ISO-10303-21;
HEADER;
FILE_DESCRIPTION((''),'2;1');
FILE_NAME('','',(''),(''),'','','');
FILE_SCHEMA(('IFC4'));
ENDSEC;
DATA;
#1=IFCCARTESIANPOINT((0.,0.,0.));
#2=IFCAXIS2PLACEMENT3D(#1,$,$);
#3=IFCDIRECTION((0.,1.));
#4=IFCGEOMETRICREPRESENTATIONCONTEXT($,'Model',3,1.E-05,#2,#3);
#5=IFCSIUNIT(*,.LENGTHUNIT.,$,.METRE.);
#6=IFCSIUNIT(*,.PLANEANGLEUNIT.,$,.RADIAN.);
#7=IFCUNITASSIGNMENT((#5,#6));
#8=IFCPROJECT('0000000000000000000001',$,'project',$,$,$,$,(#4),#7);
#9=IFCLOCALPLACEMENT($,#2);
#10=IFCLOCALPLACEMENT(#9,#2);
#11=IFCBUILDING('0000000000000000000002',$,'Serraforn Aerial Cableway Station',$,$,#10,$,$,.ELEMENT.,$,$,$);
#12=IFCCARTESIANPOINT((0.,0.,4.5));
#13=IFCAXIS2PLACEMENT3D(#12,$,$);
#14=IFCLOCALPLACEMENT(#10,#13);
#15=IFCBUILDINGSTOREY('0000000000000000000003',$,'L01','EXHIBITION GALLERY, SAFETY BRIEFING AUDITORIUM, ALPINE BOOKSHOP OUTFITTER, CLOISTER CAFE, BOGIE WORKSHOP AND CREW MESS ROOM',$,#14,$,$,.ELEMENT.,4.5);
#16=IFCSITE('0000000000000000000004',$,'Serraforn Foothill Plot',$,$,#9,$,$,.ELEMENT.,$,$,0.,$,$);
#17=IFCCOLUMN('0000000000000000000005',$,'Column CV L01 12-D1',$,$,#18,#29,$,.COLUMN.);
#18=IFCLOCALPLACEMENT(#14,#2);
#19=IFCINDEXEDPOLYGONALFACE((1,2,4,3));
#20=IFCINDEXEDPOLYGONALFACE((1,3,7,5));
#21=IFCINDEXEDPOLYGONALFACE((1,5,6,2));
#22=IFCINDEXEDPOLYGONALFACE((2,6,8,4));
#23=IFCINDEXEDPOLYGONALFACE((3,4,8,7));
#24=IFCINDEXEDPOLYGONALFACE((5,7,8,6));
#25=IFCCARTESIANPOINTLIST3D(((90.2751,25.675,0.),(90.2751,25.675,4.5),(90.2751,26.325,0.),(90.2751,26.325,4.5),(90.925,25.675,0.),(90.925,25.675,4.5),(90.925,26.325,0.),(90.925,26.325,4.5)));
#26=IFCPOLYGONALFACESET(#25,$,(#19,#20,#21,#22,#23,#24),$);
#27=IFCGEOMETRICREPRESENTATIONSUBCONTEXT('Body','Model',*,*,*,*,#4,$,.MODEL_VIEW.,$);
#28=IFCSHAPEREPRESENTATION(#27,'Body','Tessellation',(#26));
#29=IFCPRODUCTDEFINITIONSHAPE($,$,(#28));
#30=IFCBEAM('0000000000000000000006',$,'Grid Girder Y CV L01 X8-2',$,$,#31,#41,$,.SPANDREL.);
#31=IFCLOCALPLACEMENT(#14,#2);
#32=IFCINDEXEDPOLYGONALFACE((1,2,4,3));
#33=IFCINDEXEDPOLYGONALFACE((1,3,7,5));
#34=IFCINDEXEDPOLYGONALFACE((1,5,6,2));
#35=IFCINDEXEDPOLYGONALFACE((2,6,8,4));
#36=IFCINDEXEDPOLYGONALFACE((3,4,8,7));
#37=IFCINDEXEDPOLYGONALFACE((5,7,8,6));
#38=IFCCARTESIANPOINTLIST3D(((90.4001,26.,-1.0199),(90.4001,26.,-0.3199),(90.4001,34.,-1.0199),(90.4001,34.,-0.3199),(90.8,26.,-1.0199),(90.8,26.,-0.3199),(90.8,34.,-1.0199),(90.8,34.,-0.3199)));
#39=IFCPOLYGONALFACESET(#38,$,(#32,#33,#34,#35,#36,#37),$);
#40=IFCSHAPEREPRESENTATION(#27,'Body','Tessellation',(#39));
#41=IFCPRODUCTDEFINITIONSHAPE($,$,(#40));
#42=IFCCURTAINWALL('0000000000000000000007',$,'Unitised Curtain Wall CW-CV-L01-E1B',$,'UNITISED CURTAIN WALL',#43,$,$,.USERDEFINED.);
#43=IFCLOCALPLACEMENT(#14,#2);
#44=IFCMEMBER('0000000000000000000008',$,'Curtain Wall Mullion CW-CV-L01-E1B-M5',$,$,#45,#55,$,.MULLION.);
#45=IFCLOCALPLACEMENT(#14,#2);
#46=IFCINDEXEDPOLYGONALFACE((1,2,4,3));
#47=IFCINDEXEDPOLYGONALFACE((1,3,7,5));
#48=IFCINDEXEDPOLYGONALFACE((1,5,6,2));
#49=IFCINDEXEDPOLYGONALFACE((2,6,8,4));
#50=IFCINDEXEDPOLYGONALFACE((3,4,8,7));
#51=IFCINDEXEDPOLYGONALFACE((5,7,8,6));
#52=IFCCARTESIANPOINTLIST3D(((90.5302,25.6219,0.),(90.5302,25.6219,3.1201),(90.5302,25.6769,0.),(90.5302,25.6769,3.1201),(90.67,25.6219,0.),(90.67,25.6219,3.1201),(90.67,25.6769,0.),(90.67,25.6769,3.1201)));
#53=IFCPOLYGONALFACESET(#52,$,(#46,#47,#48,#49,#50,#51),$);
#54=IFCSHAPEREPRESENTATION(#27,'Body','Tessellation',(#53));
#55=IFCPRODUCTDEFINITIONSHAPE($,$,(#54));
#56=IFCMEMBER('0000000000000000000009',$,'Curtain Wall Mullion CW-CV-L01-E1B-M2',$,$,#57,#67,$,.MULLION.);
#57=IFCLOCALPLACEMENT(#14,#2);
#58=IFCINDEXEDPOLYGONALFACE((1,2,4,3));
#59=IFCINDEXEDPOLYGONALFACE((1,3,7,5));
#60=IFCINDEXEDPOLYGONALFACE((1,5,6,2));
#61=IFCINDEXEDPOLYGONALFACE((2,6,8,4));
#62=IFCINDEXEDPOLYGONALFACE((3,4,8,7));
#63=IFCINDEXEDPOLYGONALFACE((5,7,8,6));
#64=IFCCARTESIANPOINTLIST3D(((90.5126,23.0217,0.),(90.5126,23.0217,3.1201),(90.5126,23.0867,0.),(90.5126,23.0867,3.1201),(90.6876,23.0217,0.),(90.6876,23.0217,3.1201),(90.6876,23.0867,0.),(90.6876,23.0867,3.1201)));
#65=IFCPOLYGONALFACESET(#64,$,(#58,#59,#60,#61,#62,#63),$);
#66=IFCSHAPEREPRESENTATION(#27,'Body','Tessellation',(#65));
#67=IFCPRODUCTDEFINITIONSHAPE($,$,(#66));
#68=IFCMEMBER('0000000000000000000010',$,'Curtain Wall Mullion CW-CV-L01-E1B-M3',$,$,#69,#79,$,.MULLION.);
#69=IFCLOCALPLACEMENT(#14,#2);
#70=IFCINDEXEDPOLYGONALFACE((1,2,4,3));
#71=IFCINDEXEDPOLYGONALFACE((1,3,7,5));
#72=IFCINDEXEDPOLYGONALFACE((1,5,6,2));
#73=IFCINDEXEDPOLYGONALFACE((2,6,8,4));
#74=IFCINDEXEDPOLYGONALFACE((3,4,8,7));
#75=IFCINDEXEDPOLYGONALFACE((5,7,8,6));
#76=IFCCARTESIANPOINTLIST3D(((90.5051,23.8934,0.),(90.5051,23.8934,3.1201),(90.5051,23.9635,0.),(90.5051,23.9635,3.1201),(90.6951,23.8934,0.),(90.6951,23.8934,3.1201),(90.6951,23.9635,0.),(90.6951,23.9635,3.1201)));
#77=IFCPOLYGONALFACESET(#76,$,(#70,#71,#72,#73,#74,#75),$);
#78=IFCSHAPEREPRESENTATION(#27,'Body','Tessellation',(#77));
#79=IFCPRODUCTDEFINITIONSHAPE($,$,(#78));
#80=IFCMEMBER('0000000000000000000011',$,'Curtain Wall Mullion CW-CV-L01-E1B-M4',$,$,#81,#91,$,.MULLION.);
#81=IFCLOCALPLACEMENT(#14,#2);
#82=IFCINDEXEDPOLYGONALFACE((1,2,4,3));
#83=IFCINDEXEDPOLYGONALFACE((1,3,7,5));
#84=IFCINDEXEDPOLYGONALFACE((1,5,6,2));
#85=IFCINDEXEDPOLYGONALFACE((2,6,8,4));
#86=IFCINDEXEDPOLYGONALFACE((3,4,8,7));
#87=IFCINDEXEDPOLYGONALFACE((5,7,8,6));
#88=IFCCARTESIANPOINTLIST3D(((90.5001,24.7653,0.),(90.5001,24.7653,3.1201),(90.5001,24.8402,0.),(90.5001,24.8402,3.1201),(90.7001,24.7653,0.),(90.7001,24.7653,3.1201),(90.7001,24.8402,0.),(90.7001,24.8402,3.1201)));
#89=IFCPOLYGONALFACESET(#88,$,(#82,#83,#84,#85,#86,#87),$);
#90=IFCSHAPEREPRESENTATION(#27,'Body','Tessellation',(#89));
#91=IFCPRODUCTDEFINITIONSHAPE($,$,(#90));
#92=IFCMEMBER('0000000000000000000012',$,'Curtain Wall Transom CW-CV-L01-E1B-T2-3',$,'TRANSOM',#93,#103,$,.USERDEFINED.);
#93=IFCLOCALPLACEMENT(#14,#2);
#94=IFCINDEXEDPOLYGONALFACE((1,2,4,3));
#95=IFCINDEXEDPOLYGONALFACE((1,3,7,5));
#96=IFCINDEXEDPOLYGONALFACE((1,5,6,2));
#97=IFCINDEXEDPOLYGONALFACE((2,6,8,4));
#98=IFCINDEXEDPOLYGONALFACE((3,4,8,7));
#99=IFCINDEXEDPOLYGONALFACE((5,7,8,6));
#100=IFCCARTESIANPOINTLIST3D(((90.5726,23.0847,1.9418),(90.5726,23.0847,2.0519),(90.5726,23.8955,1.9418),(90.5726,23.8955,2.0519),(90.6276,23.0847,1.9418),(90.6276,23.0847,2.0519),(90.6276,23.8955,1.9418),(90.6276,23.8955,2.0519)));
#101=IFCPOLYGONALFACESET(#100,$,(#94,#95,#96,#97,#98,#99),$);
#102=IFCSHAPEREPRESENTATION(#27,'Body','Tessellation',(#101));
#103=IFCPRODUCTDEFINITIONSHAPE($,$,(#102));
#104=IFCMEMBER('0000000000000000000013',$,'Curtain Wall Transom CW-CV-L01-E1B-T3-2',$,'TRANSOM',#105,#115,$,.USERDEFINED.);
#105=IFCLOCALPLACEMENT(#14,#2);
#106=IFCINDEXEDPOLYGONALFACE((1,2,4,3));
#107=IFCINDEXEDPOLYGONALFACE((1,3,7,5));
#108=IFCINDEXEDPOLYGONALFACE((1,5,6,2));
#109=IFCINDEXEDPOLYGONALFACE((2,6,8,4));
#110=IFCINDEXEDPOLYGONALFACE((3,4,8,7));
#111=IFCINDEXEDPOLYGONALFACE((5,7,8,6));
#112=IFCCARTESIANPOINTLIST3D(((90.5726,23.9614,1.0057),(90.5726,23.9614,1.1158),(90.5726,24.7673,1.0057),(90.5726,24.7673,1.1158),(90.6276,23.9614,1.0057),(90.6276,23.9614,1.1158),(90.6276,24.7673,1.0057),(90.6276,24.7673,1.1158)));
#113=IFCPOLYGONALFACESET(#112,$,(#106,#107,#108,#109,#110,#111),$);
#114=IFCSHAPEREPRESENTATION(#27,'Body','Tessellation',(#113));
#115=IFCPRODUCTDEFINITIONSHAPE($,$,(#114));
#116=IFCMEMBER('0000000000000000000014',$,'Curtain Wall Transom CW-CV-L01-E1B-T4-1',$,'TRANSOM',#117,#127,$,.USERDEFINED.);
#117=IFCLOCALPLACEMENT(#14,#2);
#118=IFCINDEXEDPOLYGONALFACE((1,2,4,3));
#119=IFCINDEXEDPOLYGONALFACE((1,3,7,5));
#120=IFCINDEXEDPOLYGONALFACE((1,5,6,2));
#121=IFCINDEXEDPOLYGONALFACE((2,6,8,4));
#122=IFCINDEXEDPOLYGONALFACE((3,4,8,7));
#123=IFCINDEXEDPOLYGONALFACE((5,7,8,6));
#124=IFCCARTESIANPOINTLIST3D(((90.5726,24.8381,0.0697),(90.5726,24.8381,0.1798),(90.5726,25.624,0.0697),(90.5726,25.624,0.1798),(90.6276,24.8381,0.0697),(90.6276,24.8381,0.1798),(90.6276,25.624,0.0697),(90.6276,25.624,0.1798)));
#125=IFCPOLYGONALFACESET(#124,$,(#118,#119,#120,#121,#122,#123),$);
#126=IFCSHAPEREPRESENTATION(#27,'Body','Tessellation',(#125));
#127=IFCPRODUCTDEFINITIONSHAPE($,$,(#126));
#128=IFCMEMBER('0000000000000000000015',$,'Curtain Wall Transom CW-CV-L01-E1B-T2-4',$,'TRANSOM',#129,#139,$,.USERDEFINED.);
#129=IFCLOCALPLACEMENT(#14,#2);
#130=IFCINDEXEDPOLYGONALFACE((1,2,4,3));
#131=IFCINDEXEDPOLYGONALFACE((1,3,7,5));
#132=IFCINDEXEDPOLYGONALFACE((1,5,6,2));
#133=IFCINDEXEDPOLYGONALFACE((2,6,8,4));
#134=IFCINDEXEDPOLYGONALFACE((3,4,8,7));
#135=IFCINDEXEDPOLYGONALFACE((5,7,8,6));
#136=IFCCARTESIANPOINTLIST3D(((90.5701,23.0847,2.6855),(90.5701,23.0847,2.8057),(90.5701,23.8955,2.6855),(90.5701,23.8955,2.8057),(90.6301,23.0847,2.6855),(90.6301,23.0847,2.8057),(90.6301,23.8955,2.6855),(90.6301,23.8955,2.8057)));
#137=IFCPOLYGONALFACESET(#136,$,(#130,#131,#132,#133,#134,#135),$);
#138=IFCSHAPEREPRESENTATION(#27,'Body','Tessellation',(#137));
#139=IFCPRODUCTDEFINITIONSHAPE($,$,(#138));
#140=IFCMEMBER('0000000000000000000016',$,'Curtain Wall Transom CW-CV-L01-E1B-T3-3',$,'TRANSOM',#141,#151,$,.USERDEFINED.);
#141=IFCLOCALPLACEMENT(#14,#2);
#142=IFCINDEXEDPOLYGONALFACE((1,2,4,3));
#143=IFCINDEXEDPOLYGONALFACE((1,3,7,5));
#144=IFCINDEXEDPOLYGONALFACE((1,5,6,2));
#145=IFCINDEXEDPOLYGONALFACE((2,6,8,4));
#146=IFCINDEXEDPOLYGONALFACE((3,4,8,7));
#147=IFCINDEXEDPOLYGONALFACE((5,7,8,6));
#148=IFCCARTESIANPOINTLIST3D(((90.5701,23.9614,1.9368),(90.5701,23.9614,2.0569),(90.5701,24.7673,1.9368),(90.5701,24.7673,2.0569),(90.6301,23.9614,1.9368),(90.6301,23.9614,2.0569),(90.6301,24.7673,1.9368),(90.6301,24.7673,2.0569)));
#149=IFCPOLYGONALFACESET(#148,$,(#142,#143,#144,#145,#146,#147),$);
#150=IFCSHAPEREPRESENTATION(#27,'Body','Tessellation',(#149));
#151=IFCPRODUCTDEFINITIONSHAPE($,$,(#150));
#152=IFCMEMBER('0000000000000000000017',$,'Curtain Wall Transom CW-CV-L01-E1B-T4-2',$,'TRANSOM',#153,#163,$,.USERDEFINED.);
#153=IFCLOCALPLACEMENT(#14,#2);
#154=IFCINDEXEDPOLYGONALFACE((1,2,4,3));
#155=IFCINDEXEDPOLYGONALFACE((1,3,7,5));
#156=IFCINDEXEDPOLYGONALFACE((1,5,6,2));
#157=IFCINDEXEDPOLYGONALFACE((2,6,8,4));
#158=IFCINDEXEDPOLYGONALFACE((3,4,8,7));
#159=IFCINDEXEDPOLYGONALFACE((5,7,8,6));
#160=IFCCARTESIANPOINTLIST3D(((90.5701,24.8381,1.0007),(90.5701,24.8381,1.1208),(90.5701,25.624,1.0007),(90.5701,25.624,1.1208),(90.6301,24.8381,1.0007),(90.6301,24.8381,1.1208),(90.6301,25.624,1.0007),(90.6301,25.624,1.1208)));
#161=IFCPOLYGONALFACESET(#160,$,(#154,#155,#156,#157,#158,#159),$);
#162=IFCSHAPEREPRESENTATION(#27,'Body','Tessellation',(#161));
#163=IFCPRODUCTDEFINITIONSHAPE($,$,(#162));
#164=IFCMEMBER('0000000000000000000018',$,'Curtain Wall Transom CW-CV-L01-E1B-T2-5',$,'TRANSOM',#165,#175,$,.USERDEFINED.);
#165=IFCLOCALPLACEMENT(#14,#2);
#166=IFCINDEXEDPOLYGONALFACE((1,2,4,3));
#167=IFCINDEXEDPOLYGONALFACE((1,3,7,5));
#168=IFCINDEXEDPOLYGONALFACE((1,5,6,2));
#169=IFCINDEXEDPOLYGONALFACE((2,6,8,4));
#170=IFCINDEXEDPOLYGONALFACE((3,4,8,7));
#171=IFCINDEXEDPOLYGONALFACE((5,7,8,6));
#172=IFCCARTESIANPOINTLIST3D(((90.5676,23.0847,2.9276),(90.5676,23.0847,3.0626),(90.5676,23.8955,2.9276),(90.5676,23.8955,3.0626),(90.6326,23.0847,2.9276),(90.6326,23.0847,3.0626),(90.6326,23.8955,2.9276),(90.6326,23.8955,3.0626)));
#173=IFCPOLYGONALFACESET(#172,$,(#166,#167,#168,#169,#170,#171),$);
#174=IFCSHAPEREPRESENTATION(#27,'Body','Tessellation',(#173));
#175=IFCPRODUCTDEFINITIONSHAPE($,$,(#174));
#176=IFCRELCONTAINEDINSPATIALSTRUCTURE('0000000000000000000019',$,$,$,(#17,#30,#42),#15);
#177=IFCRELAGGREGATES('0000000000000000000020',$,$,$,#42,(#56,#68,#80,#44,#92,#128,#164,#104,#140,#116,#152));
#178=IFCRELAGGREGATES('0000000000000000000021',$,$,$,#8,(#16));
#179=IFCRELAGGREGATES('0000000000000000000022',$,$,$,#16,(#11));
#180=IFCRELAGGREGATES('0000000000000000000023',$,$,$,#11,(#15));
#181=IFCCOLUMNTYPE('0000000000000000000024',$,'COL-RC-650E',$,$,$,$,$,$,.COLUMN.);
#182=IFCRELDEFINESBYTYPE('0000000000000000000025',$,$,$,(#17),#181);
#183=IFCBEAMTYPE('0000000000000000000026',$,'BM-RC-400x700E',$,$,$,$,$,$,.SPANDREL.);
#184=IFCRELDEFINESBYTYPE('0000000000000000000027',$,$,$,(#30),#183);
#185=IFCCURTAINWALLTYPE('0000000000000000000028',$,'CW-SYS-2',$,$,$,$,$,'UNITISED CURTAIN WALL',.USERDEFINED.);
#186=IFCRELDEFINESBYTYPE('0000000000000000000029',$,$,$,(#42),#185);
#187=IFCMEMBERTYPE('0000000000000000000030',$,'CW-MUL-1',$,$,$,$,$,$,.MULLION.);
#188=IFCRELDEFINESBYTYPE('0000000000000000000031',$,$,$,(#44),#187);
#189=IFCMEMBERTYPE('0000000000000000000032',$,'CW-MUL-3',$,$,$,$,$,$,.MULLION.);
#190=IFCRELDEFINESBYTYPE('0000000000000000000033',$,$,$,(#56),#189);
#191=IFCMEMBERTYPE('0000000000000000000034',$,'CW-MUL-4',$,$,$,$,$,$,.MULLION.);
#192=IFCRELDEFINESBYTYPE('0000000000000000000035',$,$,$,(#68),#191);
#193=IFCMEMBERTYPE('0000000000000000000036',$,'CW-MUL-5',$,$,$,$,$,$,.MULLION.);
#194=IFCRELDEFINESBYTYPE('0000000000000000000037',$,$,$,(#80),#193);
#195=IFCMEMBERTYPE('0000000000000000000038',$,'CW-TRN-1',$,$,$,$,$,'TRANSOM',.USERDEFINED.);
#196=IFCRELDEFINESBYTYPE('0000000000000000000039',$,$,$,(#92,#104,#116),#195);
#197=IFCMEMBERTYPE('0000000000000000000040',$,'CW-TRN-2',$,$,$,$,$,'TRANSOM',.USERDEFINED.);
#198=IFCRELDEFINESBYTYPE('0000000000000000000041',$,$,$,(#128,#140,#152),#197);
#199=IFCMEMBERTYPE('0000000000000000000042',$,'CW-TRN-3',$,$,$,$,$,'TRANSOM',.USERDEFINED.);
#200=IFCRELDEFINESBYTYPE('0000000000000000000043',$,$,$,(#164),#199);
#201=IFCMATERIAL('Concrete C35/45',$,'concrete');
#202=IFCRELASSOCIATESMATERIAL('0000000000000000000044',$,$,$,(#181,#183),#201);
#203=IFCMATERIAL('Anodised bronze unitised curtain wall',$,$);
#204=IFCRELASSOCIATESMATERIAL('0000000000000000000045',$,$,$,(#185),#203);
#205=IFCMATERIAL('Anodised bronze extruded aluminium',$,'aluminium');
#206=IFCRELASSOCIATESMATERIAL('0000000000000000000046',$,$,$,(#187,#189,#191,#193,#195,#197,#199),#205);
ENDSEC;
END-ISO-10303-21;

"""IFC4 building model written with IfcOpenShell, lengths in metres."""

from ifc_helpers import new_model, si_unit, direction, frame, origin, origin_2d, place, context, subcontext, project, spatial, rectangle, extrude, material, material_profile, profile_set, type_object, element, aggregate, save


model = new_model("IFC4")

# Units and contexts
model_context = context("Model", 3, precision=1e-05, world=origin(), true_north=direction((0.0, 1.0)))
body_context = subcontext(model_context, "Body", "Model", "MODEL_VIEW")
ifc_project = project(units=[si_unit("LENGTHUNIT", "METRE"), si_unit("PLANEANGLEUNIT", "RADIAN")], contexts=[model_context])

# Site, building, storey
site_placement = place(None, origin())
site = spatial("IfcSite", under=ifc_project, at=site_placement, Name="Serraforn Foothill Plot", CompositionType="ELEMENT", RefElevation=0.0)
building_placement = place(site_placement, origin())
building = spatial("IfcBuilding", under=site, at=building_placement, Name="Serraforn Aerial Cableway Station", CompositionType="ELEMENT")
storey_placement = place(building_placement, frame((0.0, 0.0, 4.5)))
storey = spatial("IfcBuildingStorey", under=building, at=storey_placement, Name="L01", Description="EXHIBITION GALLERY, SAFETY BRIEFING AUDITORIUM, ALPINE BOOKSHOP OUTFITTER, CLOISTER CAFE, BOGIE WORKSHOP AND CREW MESS ROOM", CompositionType="ELEMENT", Elevation=4.5)

# Column
ifc_material_1 = material(Name="Concrete C35/45", Category="concrete")
ifc_material_profile_1 = material_profile(ifc_material_1, rectangle(XDim=0.6499, YDim=0.6499, at=origin_2d()), Name="RC 650x650")
ifc_profile_set_1 = profile_set([ifc_material_profile_1], Name="Concrete C35/45")
column_type = type_object("IfcColumnType", Name="COL-RC-650E", PredefinedType="COLUMN", material=ifc_profile_set_1)
column_placement = place(storey_placement, frame((90.6001, 26.0, 0.0), z_axis=(0.0, 0.0, 1.0), x_axis=(1.0, 0.0, 0.0)))
element("IfcColumn", 1, at=column_placement, inside=storey, type_object=column_type, Name="Column CV L01 12-D1", PredefinedType="COLUMN", context=body_context, shape_type="SweptSolid", body=[
    extrude(rectangle(XDim=0.6499, YDim=0.6499, at=origin_2d()), origin(), (0.0, 0.0, 1.0), 4.5),
])

# Beam
ifc_material_profile_2 = material_profile(ifc_material_1, rectangle(XDim=0.3999, YDim=0.7, at=origin_2d()), Name="RC 400x700")
ifc_profile_set_2 = profile_set([ifc_material_profile_2], Name="Concrete C35/45")
beam_type = type_object("IfcBeamType", Name="BM-RC-400x700E", PredefinedType="SPANDREL", material=ifc_profile_set_2)
beam_placement = place(storey_placement, frame((90.6001, 26.0, -0.6699), z_axis=(0.0, 1.0, 0.0), x_axis=(-1.0, 0.0, 0.0)))
element("IfcBeam", 2, at=beam_placement, inside=storey, type_object=beam_type, Name="Grid Girder Y CV L01 X8-2", PredefinedType="SPANDREL", context=body_context, shape_type="SweptSolid", body=[
    extrude(rectangle(XDim=0.3999, YDim=0.7, at=origin_2d()), origin(), (0.0, 0.0, 1.0), 8.0),
])

# Curtain wall, members
ifc_material_2 = material(Name="Anodised bronze unitised curtain wall")
curtain_wall_type = type_object("IfcCurtainWallType", Name="CW-SYS-2", ElementType="UNITISED CURTAIN WALL", PredefinedType="USERDEFINED", material=ifc_material_2)
curtain_wall_placement = place(storey_placement, origin())
curtain_wall = element("IfcCurtainWall", 3, at=curtain_wall_placement, inside=storey, type_object=curtain_wall_type, Name="Unitised Curtain Wall CW-CV-L01-E1B", ObjectType="UNITISED CURTAIN WALL", PredefinedType="USERDEFINED")
ifc_material_3 = material(Name="Anodised bronze extruded aluminium", Category="aluminium")
ifc_material_profile_3 = material_profile(ifc_material_3, rectangle(XDim=0.0549, YDim=0.1399, at=origin_2d()), Name="CW MULLION 55x140")
ifc_profile_set_3 = profile_set([ifc_material_profile_3], Name="Anodised bronze extruded aluminium")
member_type_1 = type_object("IfcMemberType", Name="CW-MUL-1", PredefinedType="MULLION", material=ifc_profile_set_3)
member_1_placement = place(storey_placement, frame((90.6001, 25.6494, 0.0), z_axis=(0.0, 0.0, 1.0), x_axis=(0.0, 1.0, 0.0)))
member_1 = element("IfcMember", 4, at=member_1_placement, type_object=member_type_1, Name="Curtain Wall Mullion CW-CV-L01-E1B-M5", PredefinedType="MULLION", context=body_context, shape_type="SweptSolid", body=[
    extrude(rectangle(XDim=0.0549, YDim=0.1399, at=origin_2d()), origin(), (0.0, 0.0, 1.0), 3.1201),
])
ifc_material_profile_4 = material_profile(ifc_material_3, rectangle(XDim=0.0649, YDim=0.175, at=origin_2d()), Name="CW MULLION 65x175")
ifc_profile_set_4 = profile_set([ifc_material_profile_4], Name="Anodised bronze extruded aluminium")
member_type_2 = type_object("IfcMemberType", Name="CW-MUL-3", PredefinedType="MULLION", material=ifc_profile_set_4)
member_2_placement = place(storey_placement, frame((90.6001, 23.0542, 0.0), z_axis=(0.0, 0.0, 1.0), x_axis=(0.0, 1.0, 0.0)))
member_2 = element("IfcMember", 5, at=member_2_placement, type_object=member_type_2, Name="Curtain Wall Mullion CW-CV-L01-E1B-M2", PredefinedType="MULLION", context=body_context, shape_type="SweptSolid", body=[
    extrude(rectangle(XDim=0.0649, YDim=0.175, at=origin_2d()), origin(), (0.0, 0.0, 1.0), 3.1201),
])
ifc_material_profile_5 = material_profile(ifc_material_3, rectangle(XDim=0.0701, YDim=0.1899, at=origin_2d()), Name="CW MULLION 70x190")
ifc_profile_set_5 = profile_set([ifc_material_profile_5], Name="Anodised bronze extruded aluminium")
member_type_3 = type_object("IfcMemberType", Name="CW-MUL-4", PredefinedType="MULLION", material=ifc_profile_set_5)
member_3_placement = place(storey_placement, frame((90.6001, 23.9285, 0.0), z_axis=(0.0, 0.0, 1.0), x_axis=(0.0, 1.0, 0.0)))
member_3 = element("IfcMember", 6, at=member_3_placement, type_object=member_type_3, Name="Curtain Wall Mullion CW-CV-L01-E1B-M3", PredefinedType="MULLION", context=body_context, shape_type="SweptSolid", body=[
    extrude(rectangle(XDim=0.0701, YDim=0.1899, at=origin_2d()), origin(), (0.0, 0.0, 1.0), 3.1201),
])
ifc_material_profile_6 = material_profile(ifc_material_3, rectangle(XDim=0.075, YDim=0.2, at=origin_2d()), Name="CW MULLION 75x200")
ifc_profile_set_6 = profile_set([ifc_material_profile_6], Name="Anodised bronze extruded aluminium")
member_type_4 = type_object("IfcMemberType", Name="CW-MUL-5", PredefinedType="MULLION", material=ifc_profile_set_6)
member_4_placement = place(storey_placement, frame((90.6001, 24.8027, 0.0), z_axis=(0.0, 0.0, 1.0), x_axis=(0.0, 1.0, 0.0)))
member_4 = element("IfcMember", 7, at=member_4_placement, type_object=member_type_4, Name="Curtain Wall Mullion CW-CV-L01-E1B-M4", PredefinedType="MULLION", context=body_context, shape_type="SweptSolid", body=[
    extrude(rectangle(XDim=0.075, YDim=0.2, at=origin_2d()), origin(), (0.0, 0.0, 1.0), 3.1201),
])
ifc_material_profile_7 = material_profile(ifc_material_3, rectangle(XDim=0.0549, YDim=0.1101, at=origin_2d()), Name="CW TRANSOM 55x110")
ifc_profile_set_7 = profile_set([ifc_material_profile_7], Name="Anodised bronze extruded aluminium")
member_type_5 = type_object("IfcMemberType", Name="CW-TRN-1", ElementType="TRANSOM", PredefinedType="USERDEFINED", material=ifc_profile_set_7)
member_5_placement = place(storey_placement, frame((90.6001, 23.0847, 1.9968), z_axis=(0.0, 1.0, 0.0), x_axis=(-1.0, 0.0, 0.0)))
member_5 = element("IfcMember", 8, at=member_5_placement, type_object=member_type_5, Name="Curtain Wall Transom CW-CV-L01-E1B-T2-3", ObjectType="TRANSOM", PredefinedType="USERDEFINED", context=body_context, shape_type="SweptSolid", body=[
    extrude(rectangle(XDim=0.0549, YDim=0.1101, at=origin_2d()), origin(), (0.0, 0.0, 1.0), 0.8108),
])
member_6_placement = place(storey_placement, frame((90.6001, 23.9614, 1.0608), z_axis=(0.0, 1.0, 0.0), x_axis=(-1.0, 0.0, 0.0)))
member_6 = element("IfcMember", 9, at=member_6_placement, type_object=member_type_5, Name="Curtain Wall Transom CW-CV-L01-E1B-T3-2", ObjectType="TRANSOM", PredefinedType="USERDEFINED", context=body_context, shape_type="SweptSolid", body=[
    extrude(rectangle(XDim=0.0549, YDim=0.1101, at=origin_2d()), origin(), (0.0, 0.0, 1.0), 0.8059),
])
member_7_placement = place(storey_placement, frame((90.6001, 24.8381, 0.1248), z_axis=(0.0, 1.0, 0.0), x_axis=(-1.0, 0.0, 0.0)))
member_7 = element("IfcMember", 10, at=member_7_placement, type_object=member_type_5, Name="Curtain Wall Transom CW-CV-L01-E1B-T4-1", ObjectType="TRANSOM", PredefinedType="USERDEFINED", context=body_context, shape_type="SweptSolid", body=[
    extrude(rectangle(XDim=0.0549, YDim=0.1101, at=origin_2d()), origin(), (0.0, 0.0, 1.0), 0.7859),
])
ifc_material_profile_8 = material_profile(ifc_material_3, rectangle(XDim=0.0601, YDim=0.1201, at=origin_2d()), Name="CW TRANSOM 60x120")
ifc_profile_set_8 = profile_set([ifc_material_profile_8], Name="Anodised bronze extruded aluminium")
member_type_6 = type_object("IfcMemberType", Name="CW-TRN-2", ElementType="TRANSOM", PredefinedType="USERDEFINED", material=ifc_profile_set_8)
member_8_placement = place(storey_placement, frame((90.6001, 23.0847, 2.7456), z_axis=(0.0, 1.0, 0.0), x_axis=(-1.0, 0.0, 0.0)))
member_8 = element("IfcMember", 11, at=member_8_placement, type_object=member_type_6, Name="Curtain Wall Transom CW-CV-L01-E1B-T2-4", ObjectType="TRANSOM", PredefinedType="USERDEFINED", context=body_context, shape_type="SweptSolid", body=[
    extrude(rectangle(XDim=0.0601, YDim=0.1201, at=origin_2d()), origin(), (0.0, 0.0, 1.0), 0.8108),
])
member_9_placement = place(storey_placement, frame((90.6001, 23.9614, 1.9968), z_axis=(0.0, 1.0, 0.0), x_axis=(-1.0, 0.0, 0.0)))
member_9 = element("IfcMember", 12, at=member_9_placement, type_object=member_type_6, Name="Curtain Wall Transom CW-CV-L01-E1B-T3-3", ObjectType="TRANSOM", PredefinedType="USERDEFINED", context=body_context, shape_type="SweptSolid", body=[
    extrude(rectangle(XDim=0.0601, YDim=0.1201, at=origin_2d()), origin(), (0.0, 0.0, 1.0), 0.8059),
])
member_10_placement = place(storey_placement, frame((90.6001, 24.8381, 1.0608), z_axis=(0.0, 1.0, 0.0), x_axis=(-1.0, 0.0, 0.0)))
member_10 = element("IfcMember", 13, at=member_10_placement, type_object=member_type_6, Name="Curtain Wall Transom CW-CV-L01-E1B-T4-2", ObjectType="TRANSOM", PredefinedType="USERDEFINED", context=body_context, shape_type="SweptSolid", body=[
    extrude(rectangle(XDim=0.0601, YDim=0.1201, at=origin_2d()), origin(), (0.0, 0.0, 1.0), 0.7859),
])
ifc_material_profile_9 = material_profile(ifc_material_3, rectangle(XDim=0.0649, YDim=0.135, at=origin_2d()), Name="CW TRANSOM 65x135")
ifc_profile_set_9 = profile_set([ifc_material_profile_9], Name="Anodised bronze extruded aluminium")
member_type_7 = type_object("IfcMemberType", Name="CW-TRN-3", ElementType="TRANSOM", PredefinedType="USERDEFINED", material=ifc_profile_set_9)
member_11_placement = place(storey_placement, frame((90.6001, 23.0847, 2.9951), z_axis=(0.0, 1.0, 0.0), x_axis=(-1.0, 0.0, 0.0)))
member_11 = element("IfcMember", 14, at=member_11_placement, type_object=member_type_7, Name="Curtain Wall Transom CW-CV-L01-E1B-T2-5", ObjectType="TRANSOM", PredefinedType="USERDEFINED", context=body_context, shape_type="SweptSolid", body=[
    extrude(rectangle(XDim=0.0649, YDim=0.135, at=origin_2d()), origin(), (0.0, 0.0, 1.0), 0.8108),
])
aggregate(curtain_wall, [member_2, member_3, member_4, member_1, member_5, member_8, member_11, member_6, member_9, member_7, member_10])

save(model, "model.ifc")
